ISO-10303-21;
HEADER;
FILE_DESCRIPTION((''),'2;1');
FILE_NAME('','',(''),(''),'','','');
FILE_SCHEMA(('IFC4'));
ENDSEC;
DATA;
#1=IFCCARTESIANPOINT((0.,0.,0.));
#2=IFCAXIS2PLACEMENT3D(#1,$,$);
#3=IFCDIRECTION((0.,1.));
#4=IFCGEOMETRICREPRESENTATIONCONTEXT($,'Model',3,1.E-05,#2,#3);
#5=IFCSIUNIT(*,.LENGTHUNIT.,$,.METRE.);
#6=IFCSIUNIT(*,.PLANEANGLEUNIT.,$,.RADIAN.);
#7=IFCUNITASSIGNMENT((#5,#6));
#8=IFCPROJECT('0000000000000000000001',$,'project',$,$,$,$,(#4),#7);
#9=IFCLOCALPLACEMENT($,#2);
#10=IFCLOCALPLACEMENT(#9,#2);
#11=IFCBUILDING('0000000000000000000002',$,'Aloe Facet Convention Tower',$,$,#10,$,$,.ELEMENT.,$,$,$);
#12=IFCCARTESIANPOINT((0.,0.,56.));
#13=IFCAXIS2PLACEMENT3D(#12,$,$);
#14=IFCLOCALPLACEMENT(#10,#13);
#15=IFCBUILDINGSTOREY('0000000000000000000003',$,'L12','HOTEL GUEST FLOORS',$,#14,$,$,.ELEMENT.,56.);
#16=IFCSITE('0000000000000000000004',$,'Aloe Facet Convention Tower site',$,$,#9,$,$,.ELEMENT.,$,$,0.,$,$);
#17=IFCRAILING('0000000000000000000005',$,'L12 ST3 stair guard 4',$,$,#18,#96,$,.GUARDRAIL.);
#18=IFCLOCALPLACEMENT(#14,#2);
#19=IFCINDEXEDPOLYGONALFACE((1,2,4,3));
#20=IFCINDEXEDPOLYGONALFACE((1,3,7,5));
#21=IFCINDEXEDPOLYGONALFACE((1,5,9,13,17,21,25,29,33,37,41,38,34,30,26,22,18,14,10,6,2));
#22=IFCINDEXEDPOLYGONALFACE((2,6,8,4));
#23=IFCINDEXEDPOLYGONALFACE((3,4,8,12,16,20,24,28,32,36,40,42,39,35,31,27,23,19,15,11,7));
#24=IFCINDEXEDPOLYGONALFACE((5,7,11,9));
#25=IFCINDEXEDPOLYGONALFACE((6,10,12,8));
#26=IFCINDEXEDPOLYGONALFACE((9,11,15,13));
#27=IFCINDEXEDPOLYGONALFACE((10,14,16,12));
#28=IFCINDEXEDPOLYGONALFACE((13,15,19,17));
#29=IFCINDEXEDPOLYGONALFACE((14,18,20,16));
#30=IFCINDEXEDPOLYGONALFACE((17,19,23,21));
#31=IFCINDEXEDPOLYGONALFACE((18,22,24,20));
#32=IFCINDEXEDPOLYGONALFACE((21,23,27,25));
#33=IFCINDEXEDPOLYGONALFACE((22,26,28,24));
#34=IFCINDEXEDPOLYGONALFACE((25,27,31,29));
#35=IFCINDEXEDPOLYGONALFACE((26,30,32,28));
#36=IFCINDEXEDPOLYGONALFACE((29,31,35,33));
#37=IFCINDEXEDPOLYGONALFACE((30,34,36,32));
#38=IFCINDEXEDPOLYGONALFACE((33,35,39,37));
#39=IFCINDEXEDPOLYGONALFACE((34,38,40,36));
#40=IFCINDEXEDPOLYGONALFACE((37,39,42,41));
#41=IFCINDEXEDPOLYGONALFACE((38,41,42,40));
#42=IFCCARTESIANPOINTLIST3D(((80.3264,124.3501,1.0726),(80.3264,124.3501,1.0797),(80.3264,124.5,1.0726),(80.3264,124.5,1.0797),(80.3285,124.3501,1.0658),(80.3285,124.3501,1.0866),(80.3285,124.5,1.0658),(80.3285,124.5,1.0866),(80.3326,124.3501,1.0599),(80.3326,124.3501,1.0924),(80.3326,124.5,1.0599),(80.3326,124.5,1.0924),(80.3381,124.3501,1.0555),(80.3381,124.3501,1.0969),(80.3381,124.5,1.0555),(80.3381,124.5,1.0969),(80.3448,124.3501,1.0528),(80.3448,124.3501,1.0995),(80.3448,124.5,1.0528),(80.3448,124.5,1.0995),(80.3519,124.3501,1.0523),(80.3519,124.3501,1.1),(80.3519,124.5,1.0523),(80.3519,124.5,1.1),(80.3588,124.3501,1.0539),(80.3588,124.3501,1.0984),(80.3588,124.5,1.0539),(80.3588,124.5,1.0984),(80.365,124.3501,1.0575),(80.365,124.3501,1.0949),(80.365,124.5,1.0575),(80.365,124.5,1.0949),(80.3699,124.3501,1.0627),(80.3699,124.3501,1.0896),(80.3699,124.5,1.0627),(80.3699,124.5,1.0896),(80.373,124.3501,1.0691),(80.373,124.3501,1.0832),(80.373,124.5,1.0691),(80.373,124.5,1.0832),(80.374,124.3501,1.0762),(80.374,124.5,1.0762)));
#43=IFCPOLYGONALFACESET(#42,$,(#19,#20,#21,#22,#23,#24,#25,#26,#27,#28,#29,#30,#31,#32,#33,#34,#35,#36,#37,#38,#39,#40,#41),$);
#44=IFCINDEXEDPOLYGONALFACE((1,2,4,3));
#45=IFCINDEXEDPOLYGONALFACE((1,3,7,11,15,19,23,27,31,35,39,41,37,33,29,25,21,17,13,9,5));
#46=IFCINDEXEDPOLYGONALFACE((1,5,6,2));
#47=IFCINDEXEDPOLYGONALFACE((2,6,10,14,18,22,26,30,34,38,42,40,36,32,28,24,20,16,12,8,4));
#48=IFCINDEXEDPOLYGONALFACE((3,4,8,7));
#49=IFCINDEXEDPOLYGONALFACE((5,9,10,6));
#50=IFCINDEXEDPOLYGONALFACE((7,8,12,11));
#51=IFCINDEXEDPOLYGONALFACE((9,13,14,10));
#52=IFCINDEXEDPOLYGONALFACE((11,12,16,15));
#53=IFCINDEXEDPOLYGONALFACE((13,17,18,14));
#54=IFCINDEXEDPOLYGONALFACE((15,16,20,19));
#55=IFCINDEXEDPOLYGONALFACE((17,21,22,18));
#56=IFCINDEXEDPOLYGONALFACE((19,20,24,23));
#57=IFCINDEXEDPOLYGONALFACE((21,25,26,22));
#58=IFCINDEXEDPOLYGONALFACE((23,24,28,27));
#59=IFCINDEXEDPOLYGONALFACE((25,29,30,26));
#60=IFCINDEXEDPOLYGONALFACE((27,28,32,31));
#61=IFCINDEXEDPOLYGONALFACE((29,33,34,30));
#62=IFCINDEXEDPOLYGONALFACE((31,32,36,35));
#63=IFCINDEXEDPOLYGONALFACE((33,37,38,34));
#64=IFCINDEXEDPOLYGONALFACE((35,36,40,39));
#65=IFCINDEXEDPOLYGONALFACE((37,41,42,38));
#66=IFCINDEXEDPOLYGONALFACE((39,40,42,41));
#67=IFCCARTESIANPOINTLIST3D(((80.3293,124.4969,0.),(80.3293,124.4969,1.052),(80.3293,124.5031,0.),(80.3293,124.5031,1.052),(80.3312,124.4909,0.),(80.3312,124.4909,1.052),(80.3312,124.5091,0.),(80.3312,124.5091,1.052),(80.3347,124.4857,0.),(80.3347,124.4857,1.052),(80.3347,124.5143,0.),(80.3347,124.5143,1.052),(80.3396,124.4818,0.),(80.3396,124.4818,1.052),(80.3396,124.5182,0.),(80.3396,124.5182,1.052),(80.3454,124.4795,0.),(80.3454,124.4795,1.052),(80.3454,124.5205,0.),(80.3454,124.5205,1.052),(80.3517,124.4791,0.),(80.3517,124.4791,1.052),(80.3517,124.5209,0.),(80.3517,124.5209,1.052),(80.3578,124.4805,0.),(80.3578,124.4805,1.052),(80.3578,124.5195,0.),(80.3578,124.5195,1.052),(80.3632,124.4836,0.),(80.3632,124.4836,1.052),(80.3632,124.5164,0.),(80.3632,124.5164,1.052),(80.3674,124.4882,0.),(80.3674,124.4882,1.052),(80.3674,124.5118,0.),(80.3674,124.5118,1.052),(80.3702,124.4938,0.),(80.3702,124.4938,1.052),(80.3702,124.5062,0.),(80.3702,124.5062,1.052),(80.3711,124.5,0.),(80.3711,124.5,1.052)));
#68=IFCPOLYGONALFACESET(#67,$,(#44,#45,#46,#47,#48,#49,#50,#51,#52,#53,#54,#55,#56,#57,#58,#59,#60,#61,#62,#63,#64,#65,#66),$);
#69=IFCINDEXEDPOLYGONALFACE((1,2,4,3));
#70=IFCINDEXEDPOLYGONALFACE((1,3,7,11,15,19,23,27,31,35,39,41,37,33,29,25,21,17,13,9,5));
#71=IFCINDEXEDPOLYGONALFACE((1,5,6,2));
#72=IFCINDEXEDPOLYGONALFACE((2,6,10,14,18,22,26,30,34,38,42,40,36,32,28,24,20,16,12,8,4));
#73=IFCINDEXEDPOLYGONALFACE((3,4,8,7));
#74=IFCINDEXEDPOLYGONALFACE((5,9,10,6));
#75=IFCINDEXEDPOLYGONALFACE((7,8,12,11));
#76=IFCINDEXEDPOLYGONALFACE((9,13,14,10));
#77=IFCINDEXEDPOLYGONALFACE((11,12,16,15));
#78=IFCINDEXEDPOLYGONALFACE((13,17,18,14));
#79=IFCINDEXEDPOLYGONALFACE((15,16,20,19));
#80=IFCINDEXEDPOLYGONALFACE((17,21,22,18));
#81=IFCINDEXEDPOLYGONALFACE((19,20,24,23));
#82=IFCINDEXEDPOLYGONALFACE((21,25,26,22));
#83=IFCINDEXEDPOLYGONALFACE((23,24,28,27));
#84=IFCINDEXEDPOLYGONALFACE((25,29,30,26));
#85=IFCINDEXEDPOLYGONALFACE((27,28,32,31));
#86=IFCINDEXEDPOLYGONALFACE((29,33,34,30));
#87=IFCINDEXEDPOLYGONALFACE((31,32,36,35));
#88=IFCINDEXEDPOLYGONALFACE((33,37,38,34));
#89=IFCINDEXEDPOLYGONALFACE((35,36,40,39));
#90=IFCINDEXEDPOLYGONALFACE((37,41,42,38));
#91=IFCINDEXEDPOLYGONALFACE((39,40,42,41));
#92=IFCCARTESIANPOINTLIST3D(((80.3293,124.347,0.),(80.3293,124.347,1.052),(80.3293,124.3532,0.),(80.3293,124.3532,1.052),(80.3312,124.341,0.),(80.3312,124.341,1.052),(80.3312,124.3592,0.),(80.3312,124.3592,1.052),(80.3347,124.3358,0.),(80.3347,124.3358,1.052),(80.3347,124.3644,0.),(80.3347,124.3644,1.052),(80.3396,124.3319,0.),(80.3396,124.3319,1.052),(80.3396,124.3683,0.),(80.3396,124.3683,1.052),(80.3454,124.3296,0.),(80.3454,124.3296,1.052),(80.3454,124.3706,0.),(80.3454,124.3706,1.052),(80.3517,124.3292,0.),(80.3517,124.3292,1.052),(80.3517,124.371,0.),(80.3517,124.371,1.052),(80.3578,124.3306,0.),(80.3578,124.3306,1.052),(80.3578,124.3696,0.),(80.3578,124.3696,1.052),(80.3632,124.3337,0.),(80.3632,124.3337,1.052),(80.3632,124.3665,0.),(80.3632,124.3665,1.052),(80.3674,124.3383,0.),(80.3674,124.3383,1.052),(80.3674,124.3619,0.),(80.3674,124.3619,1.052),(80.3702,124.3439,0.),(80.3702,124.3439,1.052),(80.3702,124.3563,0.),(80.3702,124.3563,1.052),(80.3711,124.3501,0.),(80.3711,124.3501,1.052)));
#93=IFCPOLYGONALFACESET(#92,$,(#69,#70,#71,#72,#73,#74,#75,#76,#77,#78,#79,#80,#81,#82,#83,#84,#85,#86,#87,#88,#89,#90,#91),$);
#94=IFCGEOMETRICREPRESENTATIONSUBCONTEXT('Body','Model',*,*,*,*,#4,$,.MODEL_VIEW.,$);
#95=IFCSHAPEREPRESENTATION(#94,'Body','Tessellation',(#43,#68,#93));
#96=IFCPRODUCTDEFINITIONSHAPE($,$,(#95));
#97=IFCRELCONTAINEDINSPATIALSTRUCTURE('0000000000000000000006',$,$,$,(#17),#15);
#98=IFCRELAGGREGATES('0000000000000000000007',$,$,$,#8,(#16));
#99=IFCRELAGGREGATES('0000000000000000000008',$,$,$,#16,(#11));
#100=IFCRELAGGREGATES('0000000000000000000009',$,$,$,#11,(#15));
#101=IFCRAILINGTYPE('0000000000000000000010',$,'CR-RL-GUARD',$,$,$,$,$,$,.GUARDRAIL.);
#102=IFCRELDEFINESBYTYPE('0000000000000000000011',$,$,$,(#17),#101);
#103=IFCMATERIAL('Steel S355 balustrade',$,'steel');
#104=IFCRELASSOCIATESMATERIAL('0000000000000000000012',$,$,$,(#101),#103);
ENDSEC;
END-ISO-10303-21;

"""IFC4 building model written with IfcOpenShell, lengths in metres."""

from ifc_helpers import new_model, si_unit, direction, frame, origin, origin_2d, place, context, subcontext, project, spatial, circle, extrude, material, type_object, element, save


model = new_model("IFC4")

# Units and contexts
model_context = context("Model", 3, precision=1e-05, world=origin(), true_north=direction((0.0, 1.0)))
body_context = subcontext(model_context, "Body", "Model", "MODEL_VIEW")
ifc_project = project(units=[si_unit("LENGTHUNIT", "METRE"), si_unit("PLANEANGLEUNIT", "RADIAN")], contexts=[model_context])

# Site, building, storey
site_placement = place(None, origin())
site = spatial("IfcSite", under=ifc_project, at=site_placement, Name="Aloe Facet Convention Tower site", CompositionType="ELEMENT", RefElevation=0.0)
building_placement = place(site_placement, origin())
building = spatial("IfcBuilding", under=site, at=building_placement, Name="Aloe Facet Convention Tower", CompositionType="ELEMENT")
storey_placement = place(building_placement, frame((0.0, 0.0, 56.0)))
storey = spatial("IfcBuildingStorey", under=building, at=storey_placement, Name="L12", Description="HOTEL GUEST FLOORS", CompositionType="ELEMENT", Elevation=56.0)

# Railing
ifc_material_1 = material(Name="Steel S355 balustrade", Category="steel")
railing_type_1 = type_object("IfcRailingType", Name="CR-RL-GUARD", PredefinedType="GUARDRAIL", material=ifc_material_1)
railing_1_placement = place(storey_placement, frame((80.3501, 124.5, 0.0)))
element("IfcRailing", 1, at=railing_1_placement, inside=storey, type_object=railing_type_1, Name="L12 ST3 stair guard 4", PredefinedType="GUARDRAIL", context=body_context, shape_type="SweptSolid", body=[
    extrude(circle(Radius=0.0239, at=origin_2d()), frame((0.0, 0.0, 1.0762), z_axis=(0.0, -1.0, 0.0), x_axis=(1.0, 0.0, 0.0)), (0.0, 0.0, 1.0), 0.1499),
    extrude(circle(Radius=0.021, at=origin_2d()), origin(), (0.0, 0.0, 1.0), 1.052),
    extrude(circle(Radius=0.021, at=origin_2d()), frame((0.0, -0.1499, 0.0)), (0.0, 0.0, 1.0), 1.052),
])

save(model, "model.ifc")
